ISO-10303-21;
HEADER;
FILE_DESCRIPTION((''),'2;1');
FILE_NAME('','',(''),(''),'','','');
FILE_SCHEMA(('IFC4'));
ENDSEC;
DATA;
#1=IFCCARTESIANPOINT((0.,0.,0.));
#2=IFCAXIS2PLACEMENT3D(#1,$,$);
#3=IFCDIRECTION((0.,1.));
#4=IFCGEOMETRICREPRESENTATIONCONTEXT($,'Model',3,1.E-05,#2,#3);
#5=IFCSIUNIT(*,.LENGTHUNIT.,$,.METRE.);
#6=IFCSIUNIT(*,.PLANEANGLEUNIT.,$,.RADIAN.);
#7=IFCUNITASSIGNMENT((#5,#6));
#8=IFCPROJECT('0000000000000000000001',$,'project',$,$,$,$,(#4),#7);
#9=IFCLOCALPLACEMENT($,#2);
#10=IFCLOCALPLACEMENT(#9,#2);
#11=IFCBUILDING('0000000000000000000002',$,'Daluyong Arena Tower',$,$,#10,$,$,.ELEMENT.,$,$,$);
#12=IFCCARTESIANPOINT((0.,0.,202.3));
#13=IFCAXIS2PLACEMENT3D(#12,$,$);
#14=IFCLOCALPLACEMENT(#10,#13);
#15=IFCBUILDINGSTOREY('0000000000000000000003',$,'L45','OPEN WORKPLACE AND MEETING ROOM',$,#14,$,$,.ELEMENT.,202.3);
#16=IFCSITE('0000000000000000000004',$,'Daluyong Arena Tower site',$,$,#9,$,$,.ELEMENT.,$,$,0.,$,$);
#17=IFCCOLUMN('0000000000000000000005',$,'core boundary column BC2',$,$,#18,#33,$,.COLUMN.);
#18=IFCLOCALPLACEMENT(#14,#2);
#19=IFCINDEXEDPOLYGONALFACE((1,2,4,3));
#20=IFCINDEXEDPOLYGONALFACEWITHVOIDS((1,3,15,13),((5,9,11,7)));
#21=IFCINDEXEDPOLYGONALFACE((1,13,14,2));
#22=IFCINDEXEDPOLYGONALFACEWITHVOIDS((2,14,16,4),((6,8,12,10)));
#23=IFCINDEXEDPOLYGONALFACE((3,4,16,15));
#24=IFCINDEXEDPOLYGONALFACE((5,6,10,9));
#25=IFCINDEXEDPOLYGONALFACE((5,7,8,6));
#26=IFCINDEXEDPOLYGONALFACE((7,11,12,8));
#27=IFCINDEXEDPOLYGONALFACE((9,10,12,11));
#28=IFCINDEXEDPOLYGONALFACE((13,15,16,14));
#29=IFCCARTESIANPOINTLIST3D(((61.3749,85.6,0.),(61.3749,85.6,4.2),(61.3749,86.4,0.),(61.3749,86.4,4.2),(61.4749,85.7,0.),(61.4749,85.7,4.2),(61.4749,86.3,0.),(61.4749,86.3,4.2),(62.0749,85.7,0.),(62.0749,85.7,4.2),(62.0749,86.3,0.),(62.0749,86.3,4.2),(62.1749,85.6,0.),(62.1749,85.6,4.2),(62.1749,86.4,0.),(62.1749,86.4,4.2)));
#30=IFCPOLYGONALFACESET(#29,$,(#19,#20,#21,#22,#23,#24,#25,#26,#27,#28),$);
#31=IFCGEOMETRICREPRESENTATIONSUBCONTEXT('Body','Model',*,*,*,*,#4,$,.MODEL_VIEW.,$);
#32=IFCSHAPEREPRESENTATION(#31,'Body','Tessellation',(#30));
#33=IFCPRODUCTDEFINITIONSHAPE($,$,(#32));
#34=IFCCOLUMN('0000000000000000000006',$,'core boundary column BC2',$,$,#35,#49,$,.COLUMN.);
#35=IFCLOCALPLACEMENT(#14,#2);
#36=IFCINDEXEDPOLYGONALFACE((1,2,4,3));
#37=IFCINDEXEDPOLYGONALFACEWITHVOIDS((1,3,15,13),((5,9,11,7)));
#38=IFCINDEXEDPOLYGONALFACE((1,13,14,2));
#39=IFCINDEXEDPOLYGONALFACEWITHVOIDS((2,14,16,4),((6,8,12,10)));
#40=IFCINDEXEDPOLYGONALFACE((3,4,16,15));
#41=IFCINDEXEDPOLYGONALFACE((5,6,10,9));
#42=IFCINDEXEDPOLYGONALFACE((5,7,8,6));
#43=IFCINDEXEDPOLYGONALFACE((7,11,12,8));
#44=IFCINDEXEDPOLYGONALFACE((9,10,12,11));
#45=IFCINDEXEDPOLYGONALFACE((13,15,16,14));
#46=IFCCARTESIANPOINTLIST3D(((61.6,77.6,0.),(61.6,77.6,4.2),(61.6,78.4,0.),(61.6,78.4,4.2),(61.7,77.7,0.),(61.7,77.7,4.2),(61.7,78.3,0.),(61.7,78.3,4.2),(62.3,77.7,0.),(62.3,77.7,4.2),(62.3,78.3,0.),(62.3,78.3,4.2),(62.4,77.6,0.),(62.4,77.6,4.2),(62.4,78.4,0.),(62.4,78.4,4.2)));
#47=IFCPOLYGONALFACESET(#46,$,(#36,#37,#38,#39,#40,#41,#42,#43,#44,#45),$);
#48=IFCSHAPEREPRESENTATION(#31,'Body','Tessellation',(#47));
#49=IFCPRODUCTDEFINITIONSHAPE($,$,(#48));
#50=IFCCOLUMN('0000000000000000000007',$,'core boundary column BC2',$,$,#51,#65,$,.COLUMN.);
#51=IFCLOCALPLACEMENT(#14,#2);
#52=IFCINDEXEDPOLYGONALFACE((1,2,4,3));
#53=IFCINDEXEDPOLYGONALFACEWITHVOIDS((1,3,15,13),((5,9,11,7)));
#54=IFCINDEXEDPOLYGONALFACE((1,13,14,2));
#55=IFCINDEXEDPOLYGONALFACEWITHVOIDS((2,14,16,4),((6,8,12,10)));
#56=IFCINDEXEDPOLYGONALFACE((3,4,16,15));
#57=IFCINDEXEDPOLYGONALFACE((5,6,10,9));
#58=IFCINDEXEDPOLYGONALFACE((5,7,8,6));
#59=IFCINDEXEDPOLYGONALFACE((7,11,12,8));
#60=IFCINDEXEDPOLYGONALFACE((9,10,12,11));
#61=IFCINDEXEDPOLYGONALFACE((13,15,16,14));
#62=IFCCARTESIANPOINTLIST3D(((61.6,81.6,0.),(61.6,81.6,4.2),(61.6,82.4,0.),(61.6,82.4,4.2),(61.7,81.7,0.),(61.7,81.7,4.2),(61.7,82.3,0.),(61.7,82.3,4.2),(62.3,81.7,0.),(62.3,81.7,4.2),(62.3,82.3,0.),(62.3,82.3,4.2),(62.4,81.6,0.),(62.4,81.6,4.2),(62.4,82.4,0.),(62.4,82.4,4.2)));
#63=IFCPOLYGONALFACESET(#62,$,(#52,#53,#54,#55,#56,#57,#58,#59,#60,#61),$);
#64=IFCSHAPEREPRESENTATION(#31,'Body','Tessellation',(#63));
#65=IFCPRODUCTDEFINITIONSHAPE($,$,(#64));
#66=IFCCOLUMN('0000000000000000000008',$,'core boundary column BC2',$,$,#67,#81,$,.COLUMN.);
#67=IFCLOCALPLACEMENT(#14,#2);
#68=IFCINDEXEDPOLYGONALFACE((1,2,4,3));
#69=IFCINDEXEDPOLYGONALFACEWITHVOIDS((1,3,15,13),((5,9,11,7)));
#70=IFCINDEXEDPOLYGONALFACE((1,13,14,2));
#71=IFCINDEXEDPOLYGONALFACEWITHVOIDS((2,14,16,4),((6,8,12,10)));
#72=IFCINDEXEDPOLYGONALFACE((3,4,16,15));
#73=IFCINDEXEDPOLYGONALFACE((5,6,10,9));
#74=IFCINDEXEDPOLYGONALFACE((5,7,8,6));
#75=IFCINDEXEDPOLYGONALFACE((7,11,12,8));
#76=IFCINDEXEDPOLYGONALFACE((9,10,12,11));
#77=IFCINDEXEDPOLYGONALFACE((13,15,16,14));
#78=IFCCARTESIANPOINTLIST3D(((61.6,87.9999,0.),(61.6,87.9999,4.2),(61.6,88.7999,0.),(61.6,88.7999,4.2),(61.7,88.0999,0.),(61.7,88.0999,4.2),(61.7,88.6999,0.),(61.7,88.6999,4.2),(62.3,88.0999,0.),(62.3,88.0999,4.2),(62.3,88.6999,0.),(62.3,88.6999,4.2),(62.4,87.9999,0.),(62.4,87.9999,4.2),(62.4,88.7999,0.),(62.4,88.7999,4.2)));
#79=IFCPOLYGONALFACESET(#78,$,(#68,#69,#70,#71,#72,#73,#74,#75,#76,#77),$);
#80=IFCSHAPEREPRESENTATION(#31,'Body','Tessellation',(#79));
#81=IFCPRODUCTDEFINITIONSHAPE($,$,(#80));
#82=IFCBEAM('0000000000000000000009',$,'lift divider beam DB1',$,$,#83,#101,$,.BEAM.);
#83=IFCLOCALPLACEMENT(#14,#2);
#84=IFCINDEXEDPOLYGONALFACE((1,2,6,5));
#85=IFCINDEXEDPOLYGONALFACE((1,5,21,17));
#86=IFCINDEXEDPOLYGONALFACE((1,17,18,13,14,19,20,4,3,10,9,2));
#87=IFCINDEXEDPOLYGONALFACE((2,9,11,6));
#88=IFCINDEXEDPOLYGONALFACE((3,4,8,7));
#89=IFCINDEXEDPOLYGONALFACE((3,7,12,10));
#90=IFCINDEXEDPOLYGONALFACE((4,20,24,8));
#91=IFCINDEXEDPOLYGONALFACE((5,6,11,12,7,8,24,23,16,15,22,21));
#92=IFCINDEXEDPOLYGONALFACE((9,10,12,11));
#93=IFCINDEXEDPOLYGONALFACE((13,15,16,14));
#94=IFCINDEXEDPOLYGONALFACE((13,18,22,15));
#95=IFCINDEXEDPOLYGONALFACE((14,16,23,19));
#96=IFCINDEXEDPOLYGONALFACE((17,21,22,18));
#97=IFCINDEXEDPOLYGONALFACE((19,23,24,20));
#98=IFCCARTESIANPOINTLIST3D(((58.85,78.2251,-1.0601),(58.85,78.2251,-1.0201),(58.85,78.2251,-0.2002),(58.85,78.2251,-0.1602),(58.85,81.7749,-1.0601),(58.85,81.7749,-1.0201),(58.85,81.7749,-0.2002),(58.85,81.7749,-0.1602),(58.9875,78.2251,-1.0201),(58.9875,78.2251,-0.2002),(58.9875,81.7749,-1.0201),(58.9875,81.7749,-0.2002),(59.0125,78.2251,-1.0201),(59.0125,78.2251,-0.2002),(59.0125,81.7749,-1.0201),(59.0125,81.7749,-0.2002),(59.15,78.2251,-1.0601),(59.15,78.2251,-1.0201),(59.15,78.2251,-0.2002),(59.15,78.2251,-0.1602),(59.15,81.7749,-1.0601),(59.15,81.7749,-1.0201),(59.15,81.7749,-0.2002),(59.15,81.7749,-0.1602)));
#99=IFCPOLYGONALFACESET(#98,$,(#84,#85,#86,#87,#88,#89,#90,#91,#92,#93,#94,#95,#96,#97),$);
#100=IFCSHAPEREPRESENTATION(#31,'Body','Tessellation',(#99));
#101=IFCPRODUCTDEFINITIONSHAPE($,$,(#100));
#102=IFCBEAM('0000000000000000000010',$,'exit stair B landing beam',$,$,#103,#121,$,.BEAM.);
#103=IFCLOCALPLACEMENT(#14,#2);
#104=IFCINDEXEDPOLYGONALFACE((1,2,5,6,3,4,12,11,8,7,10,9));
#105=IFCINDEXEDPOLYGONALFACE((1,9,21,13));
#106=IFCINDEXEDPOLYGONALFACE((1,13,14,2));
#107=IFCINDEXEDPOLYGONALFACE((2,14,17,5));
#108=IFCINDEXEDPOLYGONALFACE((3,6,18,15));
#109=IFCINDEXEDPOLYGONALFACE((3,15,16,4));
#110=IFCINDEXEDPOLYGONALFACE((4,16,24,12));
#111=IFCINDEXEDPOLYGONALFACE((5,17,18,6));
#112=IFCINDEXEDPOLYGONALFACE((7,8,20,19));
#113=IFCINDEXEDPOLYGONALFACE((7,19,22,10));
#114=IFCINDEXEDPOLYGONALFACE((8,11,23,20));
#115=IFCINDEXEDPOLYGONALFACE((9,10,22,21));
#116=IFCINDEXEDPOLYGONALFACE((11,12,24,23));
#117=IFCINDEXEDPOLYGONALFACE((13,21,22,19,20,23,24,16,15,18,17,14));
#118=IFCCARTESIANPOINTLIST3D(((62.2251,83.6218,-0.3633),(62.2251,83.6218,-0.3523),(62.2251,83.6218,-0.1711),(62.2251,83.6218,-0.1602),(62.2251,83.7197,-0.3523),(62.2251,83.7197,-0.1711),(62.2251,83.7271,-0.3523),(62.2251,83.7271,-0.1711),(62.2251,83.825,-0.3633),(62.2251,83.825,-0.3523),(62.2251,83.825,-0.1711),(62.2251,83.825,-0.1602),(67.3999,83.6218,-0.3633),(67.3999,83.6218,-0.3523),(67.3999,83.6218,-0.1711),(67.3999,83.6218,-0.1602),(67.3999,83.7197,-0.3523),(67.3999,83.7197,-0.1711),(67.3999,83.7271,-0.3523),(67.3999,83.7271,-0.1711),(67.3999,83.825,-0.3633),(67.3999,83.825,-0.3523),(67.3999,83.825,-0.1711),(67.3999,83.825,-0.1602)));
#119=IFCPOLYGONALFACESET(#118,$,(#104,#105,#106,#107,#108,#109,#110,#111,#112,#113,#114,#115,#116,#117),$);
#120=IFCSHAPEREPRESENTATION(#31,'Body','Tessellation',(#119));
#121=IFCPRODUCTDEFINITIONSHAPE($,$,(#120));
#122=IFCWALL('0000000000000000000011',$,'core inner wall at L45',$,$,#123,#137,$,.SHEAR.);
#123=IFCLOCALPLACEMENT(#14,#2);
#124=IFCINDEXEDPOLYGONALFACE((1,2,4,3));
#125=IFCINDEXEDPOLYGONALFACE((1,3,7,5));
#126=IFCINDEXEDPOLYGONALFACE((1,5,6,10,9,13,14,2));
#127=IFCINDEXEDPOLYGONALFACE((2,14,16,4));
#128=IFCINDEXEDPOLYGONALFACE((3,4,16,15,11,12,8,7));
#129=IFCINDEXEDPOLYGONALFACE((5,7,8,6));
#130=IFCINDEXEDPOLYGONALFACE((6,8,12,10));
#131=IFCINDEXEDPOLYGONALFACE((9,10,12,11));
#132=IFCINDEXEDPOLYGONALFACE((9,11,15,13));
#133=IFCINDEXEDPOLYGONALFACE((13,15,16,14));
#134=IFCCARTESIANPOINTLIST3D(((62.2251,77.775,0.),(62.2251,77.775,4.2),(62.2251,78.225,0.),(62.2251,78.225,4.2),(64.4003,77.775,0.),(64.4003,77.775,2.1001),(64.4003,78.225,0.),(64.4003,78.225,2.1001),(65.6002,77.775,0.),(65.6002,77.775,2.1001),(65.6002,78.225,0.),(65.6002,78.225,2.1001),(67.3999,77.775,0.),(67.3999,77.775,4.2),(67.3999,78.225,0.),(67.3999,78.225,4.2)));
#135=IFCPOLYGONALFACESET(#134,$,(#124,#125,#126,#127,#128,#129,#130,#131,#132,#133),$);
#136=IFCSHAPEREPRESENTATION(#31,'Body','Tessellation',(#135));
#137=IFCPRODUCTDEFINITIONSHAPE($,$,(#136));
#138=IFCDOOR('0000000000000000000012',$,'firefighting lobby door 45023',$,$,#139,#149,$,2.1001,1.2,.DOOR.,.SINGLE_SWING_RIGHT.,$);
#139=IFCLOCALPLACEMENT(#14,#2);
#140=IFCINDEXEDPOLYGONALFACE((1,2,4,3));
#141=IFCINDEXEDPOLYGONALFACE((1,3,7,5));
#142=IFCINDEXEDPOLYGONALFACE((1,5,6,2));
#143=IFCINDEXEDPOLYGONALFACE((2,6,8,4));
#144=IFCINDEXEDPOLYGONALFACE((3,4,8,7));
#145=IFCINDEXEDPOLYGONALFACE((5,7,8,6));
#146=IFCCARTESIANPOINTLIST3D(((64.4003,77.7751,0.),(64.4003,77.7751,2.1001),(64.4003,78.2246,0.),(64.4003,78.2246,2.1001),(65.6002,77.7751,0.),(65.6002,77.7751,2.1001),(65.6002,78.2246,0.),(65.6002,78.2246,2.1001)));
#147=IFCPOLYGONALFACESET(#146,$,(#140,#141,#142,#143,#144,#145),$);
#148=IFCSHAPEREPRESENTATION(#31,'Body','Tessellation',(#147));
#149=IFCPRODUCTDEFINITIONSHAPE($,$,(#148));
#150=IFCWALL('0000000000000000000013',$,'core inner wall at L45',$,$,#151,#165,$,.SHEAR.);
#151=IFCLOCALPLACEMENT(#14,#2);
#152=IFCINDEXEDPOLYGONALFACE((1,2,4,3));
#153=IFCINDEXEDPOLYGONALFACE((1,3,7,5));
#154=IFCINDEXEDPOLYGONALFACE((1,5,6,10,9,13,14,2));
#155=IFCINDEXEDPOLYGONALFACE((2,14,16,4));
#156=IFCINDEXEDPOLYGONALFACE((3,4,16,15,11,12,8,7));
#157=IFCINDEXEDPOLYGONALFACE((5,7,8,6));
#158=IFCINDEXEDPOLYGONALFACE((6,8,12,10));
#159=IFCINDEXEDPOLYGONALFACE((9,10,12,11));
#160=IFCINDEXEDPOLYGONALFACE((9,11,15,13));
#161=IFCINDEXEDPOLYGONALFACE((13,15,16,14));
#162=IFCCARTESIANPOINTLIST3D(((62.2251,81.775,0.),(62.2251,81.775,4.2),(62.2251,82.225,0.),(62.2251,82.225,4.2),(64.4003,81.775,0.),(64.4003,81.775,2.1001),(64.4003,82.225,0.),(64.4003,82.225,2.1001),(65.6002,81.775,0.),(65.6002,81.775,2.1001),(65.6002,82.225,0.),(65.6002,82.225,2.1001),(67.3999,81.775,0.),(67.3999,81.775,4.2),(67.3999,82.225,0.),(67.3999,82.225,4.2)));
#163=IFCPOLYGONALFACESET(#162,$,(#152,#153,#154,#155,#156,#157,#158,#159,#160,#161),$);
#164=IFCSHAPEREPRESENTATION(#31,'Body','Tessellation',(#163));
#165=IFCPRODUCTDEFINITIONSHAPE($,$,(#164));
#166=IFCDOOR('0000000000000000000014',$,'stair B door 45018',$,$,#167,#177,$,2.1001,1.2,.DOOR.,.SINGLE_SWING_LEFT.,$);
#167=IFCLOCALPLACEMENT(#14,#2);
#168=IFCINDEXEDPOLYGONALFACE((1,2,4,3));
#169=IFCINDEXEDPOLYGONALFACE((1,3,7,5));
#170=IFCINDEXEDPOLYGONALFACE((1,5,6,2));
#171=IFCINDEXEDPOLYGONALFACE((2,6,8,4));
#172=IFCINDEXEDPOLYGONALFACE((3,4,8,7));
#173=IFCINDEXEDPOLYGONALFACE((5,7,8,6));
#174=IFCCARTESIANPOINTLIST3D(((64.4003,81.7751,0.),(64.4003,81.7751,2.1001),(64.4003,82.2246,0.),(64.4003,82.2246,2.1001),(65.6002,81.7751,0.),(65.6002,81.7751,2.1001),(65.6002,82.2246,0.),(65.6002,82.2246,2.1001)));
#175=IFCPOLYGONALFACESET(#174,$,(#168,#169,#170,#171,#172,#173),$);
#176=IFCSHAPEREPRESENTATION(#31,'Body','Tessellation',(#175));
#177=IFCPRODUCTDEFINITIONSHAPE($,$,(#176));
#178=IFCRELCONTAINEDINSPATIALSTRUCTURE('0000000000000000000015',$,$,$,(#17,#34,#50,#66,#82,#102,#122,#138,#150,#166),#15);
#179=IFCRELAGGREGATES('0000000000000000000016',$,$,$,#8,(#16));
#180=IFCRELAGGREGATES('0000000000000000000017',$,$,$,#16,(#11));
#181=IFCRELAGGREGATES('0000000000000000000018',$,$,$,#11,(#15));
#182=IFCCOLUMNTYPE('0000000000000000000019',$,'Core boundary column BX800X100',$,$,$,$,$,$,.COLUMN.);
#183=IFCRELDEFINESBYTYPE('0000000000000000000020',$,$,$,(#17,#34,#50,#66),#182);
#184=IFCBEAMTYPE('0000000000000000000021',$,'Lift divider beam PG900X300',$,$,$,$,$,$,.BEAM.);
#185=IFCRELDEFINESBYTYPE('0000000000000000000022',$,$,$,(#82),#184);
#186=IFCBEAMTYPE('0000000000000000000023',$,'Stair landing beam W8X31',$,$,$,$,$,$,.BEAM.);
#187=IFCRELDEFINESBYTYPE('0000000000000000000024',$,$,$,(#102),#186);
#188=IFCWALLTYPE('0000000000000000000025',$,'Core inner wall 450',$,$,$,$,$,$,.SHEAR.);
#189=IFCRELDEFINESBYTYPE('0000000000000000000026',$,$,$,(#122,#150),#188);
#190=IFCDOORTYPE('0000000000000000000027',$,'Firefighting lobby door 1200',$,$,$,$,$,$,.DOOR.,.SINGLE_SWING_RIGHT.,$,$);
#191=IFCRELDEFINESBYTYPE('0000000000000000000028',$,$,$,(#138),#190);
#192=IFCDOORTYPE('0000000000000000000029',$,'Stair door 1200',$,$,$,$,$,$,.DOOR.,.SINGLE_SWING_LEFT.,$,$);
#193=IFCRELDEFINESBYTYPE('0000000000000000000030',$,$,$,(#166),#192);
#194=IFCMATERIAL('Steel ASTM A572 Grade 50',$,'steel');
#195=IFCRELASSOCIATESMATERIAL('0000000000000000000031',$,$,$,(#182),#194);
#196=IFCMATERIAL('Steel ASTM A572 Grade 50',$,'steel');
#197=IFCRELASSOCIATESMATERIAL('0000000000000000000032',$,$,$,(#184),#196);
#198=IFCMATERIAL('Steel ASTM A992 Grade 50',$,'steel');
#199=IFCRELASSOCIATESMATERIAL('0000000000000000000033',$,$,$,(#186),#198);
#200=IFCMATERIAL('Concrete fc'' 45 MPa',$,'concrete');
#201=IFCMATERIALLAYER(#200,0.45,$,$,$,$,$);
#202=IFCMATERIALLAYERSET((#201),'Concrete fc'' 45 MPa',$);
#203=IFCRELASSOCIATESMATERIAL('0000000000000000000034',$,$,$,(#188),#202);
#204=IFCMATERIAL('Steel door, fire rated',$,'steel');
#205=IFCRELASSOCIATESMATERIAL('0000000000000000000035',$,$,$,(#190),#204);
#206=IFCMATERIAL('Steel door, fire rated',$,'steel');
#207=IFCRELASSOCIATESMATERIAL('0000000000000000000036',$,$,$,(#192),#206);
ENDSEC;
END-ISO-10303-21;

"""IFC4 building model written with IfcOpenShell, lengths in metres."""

from ifc_helpers import new_model, si_unit, direction, frame, frame_2d, origin, origin_2d, place, context, subcontext, project, spatial, rectangle, hollow_rectangle, i_section, extrude, material, layer, layer_set, material_profile, profile_set, type_object, element, fill, save


model = new_model("IFC4")

# Units and contexts
model_context = context("Model", 3, precision=1e-05, world=origin(), true_north=direction((0.0, 1.0)))
body_context = subcontext(model_context, "Body", "Model", "MODEL_VIEW")
ifc_project = project(units=[si_unit("LENGTHUNIT", "METRE"), si_unit("PLANEANGLEUNIT", "RADIAN")], contexts=[model_context])

# Site, building, storey
site_placement = place(None, origin())
site = spatial("IfcSite", under=ifc_project, at=site_placement, Name="Daluyong Arena Tower site", CompositionType="ELEMENT", RefElevation=0.0)
building_placement = place(site_placement, origin())
building = spatial("IfcBuilding", under=site, at=building_placement, Name="Daluyong Arena Tower", CompositionType="ELEMENT")
storey_placement = place(building_placement, frame((0.0, 0.0, 202.3)))
storey = spatial("IfcBuildingStorey", under=building, at=storey_placement, Name="L45", Description="OPEN WORKPLACE AND MEETING ROOM", CompositionType="ELEMENT", Elevation=202.3)

# Columns
ifc_material_1 = material(Name="Steel ASTM A572 Grade 50", Category="steel")
ifc_material_profile_1 = material_profile(ifc_material_1, hollow_rectangle(XDim=0.8, YDim=0.8, WallThickness=0.1, at=origin_2d()))
ifc_profile_set_1 = profile_set([ifc_material_profile_1], Name="Steel ASTM A572 Grade 50")
column_type = type_object("IfcColumnType", Name="Core boundary column BX800X100", PredefinedType="COLUMN", material=ifc_profile_set_1)
for number, where, z_axis, x_axis, name in (
    (1, (61.7749, 86.0, 0.0), (0.0, 0.0, 1.0), (1.0, 0.0, 0.0), "core boundary column BC2"),
    (2, (62.0, 78.0, 0.0), (0.0, 0.0, 1.0), (1.0, 0.0, 0.0), "core boundary column BC2"),
    (3, (62.0, 82.0, 0.0), (0.0, 0.0, 1.0), (1.0, 0.0, 0.0), "core boundary column BC2"),
    (4, (62.0, 88.3999, 0.0), (0.0, 0.0, 1.0), (1.0, 0.0, 0.0), "core boundary column BC2"),
):
    element("IfcColumn", number, at=place(storey_placement, frame(where, z_axis=z_axis, x_axis=x_axis)), inside=storey, type_object=column_type, Name=name, PredefinedType="COLUMN", context=body_context, shape_type="SweptSolid", body=[
        extrude(hollow_rectangle(XDim=0.8, YDim=0.8, WallThickness=0.1, at=origin_2d()), origin(), (0.0, 0.0, 1.0), 4.2),
    ])

# Beams
ifc_material_2 = material(Name="Steel ASTM A572 Grade 50", Category="steel")
ifc_material_profile_2 = material_profile(ifc_material_2, i_section(OverallWidth=0.3, OverallDepth=0.8999, WebThickness=0.025, FlangeThickness=0.04, at=origin_2d()))
ifc_profile_set_2 = profile_set([ifc_material_profile_2], Name="Steel ASTM A572 Grade 50")
beam_type_1 = type_object("IfcBeamType", Name="Lift divider beam PG900X300", PredefinedType="BEAM", material=ifc_profile_set_2)
beam_1_placement = place(storey_placement, frame((59.0, 78.2251, -0.6101), z_axis=(0.0, 1.0, 0.0), x_axis=(-1.0, 0.0, 0.0)))
element("IfcBeam", 5, at=beam_1_placement, inside=storey, type_object=beam_type_1, Name="lift divider beam DB1", PredefinedType="BEAM", context=body_context, shape_type="SweptSolid", body=[
    extrude(i_section(OverallWidth=0.3, OverallDepth=0.8999, WebThickness=0.025, FlangeThickness=0.04, at=origin_2d()), origin(), (0.0, 0.0, 1.0), 3.5498),
])
ifc_material_3 = material(Name="Steel ASTM A992 Grade 50", Category="steel")
ifc_material_profile_3 = material_profile(ifc_material_3, i_section(OverallWidth=0.2031, OverallDepth=0.2031, WebThickness=0.0073, FlangeThickness=0.011, at=origin_2d()))
ifc_profile_set_3 = profile_set([ifc_material_profile_3], Name="Steel ASTM A992 Grade 50")
beam_type_2 = type_object("IfcBeamType", Name="Stair landing beam W8X31", PredefinedType="BEAM", material=ifc_profile_set_3)
beam_2_placement = place(storey_placement, frame((62.2251, 83.7234, -0.2617), z_axis=(1.0, 0.0, 0.0), x_axis=(0.0, 1.0, 0.0)))
element("IfcBeam", 6, at=beam_2_placement, inside=storey, type_object=beam_type_2, Name="exit stair B landing beam", PredefinedType="BEAM", context=body_context, shape_type="SweptSolid", body=[
    extrude(i_section(OverallWidth=0.2031, OverallDepth=0.2031, WebThickness=0.0073, FlangeThickness=0.011, at=origin_2d()), origin(), (0.0, 0.0, 1.0), 5.1748),
])

# Walls, openings, doors
ifc_material_4 = material(Name="Concrete fc' 45 MPa", Category="concrete")
ifc_layer_1 = layer(ifc_material_4, 0.45)
ifc_layer_set_1 = layer_set([ifc_layer_1], Name="Concrete fc' 45 MPa")
wall_type_1 = type_object("IfcWallType", Name="Core inner wall 450", PredefinedType="SHEAR", material=ifc_layer_set_1)
wall_1_placement = place(storey_placement, frame((62.2251, 78.0, 0.0), z_axis=(0.0, 0.0, 1.0), x_axis=(1.0, 0.0, 0.0)))
wall_1 = element("IfcWall", 7, at=wall_1_placement, inside=storey, type_object=wall_type_1, Name="core inner wall at L45", PredefinedType="SHEAR", context=body_context, shape_type="SweptSolid", body=[
    extrude(rectangle(XDim=5.1748, YDim=0.45, at=frame_2d((2.5874, 0.0))), origin(), (0.0, 0.0, 1.0), 4.2),
])
opening_1_placement = place(wall_1_placement, frame((2.175, 0.0, 0.0)))
opening_1 = element("IfcOpeningElement", 8, at=opening_1_placement, cuts=wall_1, PredefinedType="OPENING", context=body_context, shape_type="SweptSolid", body=[
    extrude(rectangle(XDim=1.2, YDim=2.1001, at=frame_2d((0.6001, 1.05))), frame((0.0, 0.2349, 0.0), z_axis=(0.0, -1.0, 0.0), x_axis=(1.0, 0.0, 0.0)), (0.0, 0.0, 1.0), 0.47),
])
ifc_material_5 = material(Name="Steel door, fire rated", Category="steel")
door_type_1 = type_object("IfcDoorType", Name="Firefighting lobby door 1200", OperationType="SINGLE_SWING_RIGHT", PredefinedType="DOOR", material=ifc_material_5)
door_1_placement = place(opening_1_placement, origin())
door_1 = element("IfcDoor", 9, at=door_1_placement, inside=storey, type_object=door_type_1, Name="firefighting lobby door 45023", OperationType="SINGLE_SWING_RIGHT", OverallHeight=2.1001, OverallWidth=1.2, PredefinedType="DOOR", context=body_context, shape_type="SweptSolid", body=[
    extrude(rectangle(XDim=1.2, YDim=2.1001, at=frame_2d((0.6001, 1.05))), frame((0.0, 0.2246, 0.0), z_axis=(0.0, -1.0, 0.0), x_axis=(1.0, 0.0, 0.0)), (0.0, 0.0, 1.0), 0.4495),
])
fill(opening_1, door_1)
wall_2_placement = place(storey_placement, frame((62.2251, 82.0, 0.0), z_axis=(0.0, 0.0, 1.0), x_axis=(1.0, 0.0, 0.0)))
wall_2 = element("IfcWall", 10, at=wall_2_placement, inside=storey, type_object=wall_type_1, Name="core inner wall at L45", PredefinedType="SHEAR", context=body_context, shape_type="SweptSolid", body=[
    extrude(rectangle(XDim=5.1748, YDim=0.45, at=frame_2d((2.5874, 0.0))), origin(), (0.0, 0.0, 1.0), 4.2),
])
opening_2_placement = place(wall_2_placement, frame((2.175, 0.0, 0.0)))
opening_2 = element("IfcOpeningElement", 11, at=opening_2_placement, cuts=wall_2, PredefinedType="OPENING", context=body_context, shape_type="SweptSolid", body=[
    extrude(rectangle(XDim=1.2, YDim=2.1001, at=frame_2d((0.6001, 1.05))), frame((0.0, 0.2349, 0.0), z_axis=(0.0, -1.0, 0.0), x_axis=(1.0, 0.0, 0.0)), (0.0, 0.0, 1.0), 0.47),
])
ifc_material_6 = material(Name="Steel door, fire rated", Category="steel")
door_type_2 = type_object("IfcDoorType", Name="Stair door 1200", OperationType="SINGLE_SWING_LEFT", PredefinedType="DOOR", material=ifc_material_6)
door_2_placement = place(opening_2_placement, origin())
door_2 = element("IfcDoor", 12, at=door_2_placement, inside=storey, type_object=door_type_2, Name="stair B door 45018", OperationType="SINGLE_SWING_LEFT", OverallHeight=2.1001, OverallWidth=1.2, PredefinedType="DOOR", context=body_context, shape_type="SweptSolid", body=[
    extrude(rectangle(XDim=1.2, YDim=2.1001, at=frame_2d((0.6001, 1.05))), frame((0.0, 0.2246, 0.0), z_axis=(0.0, -1.0, 0.0), x_axis=(1.0, 0.0, 0.0)), (0.0, 0.0, 1.0), 0.4495),
])
fill(opening_2, door_2)

save(model, "model.ifc")
